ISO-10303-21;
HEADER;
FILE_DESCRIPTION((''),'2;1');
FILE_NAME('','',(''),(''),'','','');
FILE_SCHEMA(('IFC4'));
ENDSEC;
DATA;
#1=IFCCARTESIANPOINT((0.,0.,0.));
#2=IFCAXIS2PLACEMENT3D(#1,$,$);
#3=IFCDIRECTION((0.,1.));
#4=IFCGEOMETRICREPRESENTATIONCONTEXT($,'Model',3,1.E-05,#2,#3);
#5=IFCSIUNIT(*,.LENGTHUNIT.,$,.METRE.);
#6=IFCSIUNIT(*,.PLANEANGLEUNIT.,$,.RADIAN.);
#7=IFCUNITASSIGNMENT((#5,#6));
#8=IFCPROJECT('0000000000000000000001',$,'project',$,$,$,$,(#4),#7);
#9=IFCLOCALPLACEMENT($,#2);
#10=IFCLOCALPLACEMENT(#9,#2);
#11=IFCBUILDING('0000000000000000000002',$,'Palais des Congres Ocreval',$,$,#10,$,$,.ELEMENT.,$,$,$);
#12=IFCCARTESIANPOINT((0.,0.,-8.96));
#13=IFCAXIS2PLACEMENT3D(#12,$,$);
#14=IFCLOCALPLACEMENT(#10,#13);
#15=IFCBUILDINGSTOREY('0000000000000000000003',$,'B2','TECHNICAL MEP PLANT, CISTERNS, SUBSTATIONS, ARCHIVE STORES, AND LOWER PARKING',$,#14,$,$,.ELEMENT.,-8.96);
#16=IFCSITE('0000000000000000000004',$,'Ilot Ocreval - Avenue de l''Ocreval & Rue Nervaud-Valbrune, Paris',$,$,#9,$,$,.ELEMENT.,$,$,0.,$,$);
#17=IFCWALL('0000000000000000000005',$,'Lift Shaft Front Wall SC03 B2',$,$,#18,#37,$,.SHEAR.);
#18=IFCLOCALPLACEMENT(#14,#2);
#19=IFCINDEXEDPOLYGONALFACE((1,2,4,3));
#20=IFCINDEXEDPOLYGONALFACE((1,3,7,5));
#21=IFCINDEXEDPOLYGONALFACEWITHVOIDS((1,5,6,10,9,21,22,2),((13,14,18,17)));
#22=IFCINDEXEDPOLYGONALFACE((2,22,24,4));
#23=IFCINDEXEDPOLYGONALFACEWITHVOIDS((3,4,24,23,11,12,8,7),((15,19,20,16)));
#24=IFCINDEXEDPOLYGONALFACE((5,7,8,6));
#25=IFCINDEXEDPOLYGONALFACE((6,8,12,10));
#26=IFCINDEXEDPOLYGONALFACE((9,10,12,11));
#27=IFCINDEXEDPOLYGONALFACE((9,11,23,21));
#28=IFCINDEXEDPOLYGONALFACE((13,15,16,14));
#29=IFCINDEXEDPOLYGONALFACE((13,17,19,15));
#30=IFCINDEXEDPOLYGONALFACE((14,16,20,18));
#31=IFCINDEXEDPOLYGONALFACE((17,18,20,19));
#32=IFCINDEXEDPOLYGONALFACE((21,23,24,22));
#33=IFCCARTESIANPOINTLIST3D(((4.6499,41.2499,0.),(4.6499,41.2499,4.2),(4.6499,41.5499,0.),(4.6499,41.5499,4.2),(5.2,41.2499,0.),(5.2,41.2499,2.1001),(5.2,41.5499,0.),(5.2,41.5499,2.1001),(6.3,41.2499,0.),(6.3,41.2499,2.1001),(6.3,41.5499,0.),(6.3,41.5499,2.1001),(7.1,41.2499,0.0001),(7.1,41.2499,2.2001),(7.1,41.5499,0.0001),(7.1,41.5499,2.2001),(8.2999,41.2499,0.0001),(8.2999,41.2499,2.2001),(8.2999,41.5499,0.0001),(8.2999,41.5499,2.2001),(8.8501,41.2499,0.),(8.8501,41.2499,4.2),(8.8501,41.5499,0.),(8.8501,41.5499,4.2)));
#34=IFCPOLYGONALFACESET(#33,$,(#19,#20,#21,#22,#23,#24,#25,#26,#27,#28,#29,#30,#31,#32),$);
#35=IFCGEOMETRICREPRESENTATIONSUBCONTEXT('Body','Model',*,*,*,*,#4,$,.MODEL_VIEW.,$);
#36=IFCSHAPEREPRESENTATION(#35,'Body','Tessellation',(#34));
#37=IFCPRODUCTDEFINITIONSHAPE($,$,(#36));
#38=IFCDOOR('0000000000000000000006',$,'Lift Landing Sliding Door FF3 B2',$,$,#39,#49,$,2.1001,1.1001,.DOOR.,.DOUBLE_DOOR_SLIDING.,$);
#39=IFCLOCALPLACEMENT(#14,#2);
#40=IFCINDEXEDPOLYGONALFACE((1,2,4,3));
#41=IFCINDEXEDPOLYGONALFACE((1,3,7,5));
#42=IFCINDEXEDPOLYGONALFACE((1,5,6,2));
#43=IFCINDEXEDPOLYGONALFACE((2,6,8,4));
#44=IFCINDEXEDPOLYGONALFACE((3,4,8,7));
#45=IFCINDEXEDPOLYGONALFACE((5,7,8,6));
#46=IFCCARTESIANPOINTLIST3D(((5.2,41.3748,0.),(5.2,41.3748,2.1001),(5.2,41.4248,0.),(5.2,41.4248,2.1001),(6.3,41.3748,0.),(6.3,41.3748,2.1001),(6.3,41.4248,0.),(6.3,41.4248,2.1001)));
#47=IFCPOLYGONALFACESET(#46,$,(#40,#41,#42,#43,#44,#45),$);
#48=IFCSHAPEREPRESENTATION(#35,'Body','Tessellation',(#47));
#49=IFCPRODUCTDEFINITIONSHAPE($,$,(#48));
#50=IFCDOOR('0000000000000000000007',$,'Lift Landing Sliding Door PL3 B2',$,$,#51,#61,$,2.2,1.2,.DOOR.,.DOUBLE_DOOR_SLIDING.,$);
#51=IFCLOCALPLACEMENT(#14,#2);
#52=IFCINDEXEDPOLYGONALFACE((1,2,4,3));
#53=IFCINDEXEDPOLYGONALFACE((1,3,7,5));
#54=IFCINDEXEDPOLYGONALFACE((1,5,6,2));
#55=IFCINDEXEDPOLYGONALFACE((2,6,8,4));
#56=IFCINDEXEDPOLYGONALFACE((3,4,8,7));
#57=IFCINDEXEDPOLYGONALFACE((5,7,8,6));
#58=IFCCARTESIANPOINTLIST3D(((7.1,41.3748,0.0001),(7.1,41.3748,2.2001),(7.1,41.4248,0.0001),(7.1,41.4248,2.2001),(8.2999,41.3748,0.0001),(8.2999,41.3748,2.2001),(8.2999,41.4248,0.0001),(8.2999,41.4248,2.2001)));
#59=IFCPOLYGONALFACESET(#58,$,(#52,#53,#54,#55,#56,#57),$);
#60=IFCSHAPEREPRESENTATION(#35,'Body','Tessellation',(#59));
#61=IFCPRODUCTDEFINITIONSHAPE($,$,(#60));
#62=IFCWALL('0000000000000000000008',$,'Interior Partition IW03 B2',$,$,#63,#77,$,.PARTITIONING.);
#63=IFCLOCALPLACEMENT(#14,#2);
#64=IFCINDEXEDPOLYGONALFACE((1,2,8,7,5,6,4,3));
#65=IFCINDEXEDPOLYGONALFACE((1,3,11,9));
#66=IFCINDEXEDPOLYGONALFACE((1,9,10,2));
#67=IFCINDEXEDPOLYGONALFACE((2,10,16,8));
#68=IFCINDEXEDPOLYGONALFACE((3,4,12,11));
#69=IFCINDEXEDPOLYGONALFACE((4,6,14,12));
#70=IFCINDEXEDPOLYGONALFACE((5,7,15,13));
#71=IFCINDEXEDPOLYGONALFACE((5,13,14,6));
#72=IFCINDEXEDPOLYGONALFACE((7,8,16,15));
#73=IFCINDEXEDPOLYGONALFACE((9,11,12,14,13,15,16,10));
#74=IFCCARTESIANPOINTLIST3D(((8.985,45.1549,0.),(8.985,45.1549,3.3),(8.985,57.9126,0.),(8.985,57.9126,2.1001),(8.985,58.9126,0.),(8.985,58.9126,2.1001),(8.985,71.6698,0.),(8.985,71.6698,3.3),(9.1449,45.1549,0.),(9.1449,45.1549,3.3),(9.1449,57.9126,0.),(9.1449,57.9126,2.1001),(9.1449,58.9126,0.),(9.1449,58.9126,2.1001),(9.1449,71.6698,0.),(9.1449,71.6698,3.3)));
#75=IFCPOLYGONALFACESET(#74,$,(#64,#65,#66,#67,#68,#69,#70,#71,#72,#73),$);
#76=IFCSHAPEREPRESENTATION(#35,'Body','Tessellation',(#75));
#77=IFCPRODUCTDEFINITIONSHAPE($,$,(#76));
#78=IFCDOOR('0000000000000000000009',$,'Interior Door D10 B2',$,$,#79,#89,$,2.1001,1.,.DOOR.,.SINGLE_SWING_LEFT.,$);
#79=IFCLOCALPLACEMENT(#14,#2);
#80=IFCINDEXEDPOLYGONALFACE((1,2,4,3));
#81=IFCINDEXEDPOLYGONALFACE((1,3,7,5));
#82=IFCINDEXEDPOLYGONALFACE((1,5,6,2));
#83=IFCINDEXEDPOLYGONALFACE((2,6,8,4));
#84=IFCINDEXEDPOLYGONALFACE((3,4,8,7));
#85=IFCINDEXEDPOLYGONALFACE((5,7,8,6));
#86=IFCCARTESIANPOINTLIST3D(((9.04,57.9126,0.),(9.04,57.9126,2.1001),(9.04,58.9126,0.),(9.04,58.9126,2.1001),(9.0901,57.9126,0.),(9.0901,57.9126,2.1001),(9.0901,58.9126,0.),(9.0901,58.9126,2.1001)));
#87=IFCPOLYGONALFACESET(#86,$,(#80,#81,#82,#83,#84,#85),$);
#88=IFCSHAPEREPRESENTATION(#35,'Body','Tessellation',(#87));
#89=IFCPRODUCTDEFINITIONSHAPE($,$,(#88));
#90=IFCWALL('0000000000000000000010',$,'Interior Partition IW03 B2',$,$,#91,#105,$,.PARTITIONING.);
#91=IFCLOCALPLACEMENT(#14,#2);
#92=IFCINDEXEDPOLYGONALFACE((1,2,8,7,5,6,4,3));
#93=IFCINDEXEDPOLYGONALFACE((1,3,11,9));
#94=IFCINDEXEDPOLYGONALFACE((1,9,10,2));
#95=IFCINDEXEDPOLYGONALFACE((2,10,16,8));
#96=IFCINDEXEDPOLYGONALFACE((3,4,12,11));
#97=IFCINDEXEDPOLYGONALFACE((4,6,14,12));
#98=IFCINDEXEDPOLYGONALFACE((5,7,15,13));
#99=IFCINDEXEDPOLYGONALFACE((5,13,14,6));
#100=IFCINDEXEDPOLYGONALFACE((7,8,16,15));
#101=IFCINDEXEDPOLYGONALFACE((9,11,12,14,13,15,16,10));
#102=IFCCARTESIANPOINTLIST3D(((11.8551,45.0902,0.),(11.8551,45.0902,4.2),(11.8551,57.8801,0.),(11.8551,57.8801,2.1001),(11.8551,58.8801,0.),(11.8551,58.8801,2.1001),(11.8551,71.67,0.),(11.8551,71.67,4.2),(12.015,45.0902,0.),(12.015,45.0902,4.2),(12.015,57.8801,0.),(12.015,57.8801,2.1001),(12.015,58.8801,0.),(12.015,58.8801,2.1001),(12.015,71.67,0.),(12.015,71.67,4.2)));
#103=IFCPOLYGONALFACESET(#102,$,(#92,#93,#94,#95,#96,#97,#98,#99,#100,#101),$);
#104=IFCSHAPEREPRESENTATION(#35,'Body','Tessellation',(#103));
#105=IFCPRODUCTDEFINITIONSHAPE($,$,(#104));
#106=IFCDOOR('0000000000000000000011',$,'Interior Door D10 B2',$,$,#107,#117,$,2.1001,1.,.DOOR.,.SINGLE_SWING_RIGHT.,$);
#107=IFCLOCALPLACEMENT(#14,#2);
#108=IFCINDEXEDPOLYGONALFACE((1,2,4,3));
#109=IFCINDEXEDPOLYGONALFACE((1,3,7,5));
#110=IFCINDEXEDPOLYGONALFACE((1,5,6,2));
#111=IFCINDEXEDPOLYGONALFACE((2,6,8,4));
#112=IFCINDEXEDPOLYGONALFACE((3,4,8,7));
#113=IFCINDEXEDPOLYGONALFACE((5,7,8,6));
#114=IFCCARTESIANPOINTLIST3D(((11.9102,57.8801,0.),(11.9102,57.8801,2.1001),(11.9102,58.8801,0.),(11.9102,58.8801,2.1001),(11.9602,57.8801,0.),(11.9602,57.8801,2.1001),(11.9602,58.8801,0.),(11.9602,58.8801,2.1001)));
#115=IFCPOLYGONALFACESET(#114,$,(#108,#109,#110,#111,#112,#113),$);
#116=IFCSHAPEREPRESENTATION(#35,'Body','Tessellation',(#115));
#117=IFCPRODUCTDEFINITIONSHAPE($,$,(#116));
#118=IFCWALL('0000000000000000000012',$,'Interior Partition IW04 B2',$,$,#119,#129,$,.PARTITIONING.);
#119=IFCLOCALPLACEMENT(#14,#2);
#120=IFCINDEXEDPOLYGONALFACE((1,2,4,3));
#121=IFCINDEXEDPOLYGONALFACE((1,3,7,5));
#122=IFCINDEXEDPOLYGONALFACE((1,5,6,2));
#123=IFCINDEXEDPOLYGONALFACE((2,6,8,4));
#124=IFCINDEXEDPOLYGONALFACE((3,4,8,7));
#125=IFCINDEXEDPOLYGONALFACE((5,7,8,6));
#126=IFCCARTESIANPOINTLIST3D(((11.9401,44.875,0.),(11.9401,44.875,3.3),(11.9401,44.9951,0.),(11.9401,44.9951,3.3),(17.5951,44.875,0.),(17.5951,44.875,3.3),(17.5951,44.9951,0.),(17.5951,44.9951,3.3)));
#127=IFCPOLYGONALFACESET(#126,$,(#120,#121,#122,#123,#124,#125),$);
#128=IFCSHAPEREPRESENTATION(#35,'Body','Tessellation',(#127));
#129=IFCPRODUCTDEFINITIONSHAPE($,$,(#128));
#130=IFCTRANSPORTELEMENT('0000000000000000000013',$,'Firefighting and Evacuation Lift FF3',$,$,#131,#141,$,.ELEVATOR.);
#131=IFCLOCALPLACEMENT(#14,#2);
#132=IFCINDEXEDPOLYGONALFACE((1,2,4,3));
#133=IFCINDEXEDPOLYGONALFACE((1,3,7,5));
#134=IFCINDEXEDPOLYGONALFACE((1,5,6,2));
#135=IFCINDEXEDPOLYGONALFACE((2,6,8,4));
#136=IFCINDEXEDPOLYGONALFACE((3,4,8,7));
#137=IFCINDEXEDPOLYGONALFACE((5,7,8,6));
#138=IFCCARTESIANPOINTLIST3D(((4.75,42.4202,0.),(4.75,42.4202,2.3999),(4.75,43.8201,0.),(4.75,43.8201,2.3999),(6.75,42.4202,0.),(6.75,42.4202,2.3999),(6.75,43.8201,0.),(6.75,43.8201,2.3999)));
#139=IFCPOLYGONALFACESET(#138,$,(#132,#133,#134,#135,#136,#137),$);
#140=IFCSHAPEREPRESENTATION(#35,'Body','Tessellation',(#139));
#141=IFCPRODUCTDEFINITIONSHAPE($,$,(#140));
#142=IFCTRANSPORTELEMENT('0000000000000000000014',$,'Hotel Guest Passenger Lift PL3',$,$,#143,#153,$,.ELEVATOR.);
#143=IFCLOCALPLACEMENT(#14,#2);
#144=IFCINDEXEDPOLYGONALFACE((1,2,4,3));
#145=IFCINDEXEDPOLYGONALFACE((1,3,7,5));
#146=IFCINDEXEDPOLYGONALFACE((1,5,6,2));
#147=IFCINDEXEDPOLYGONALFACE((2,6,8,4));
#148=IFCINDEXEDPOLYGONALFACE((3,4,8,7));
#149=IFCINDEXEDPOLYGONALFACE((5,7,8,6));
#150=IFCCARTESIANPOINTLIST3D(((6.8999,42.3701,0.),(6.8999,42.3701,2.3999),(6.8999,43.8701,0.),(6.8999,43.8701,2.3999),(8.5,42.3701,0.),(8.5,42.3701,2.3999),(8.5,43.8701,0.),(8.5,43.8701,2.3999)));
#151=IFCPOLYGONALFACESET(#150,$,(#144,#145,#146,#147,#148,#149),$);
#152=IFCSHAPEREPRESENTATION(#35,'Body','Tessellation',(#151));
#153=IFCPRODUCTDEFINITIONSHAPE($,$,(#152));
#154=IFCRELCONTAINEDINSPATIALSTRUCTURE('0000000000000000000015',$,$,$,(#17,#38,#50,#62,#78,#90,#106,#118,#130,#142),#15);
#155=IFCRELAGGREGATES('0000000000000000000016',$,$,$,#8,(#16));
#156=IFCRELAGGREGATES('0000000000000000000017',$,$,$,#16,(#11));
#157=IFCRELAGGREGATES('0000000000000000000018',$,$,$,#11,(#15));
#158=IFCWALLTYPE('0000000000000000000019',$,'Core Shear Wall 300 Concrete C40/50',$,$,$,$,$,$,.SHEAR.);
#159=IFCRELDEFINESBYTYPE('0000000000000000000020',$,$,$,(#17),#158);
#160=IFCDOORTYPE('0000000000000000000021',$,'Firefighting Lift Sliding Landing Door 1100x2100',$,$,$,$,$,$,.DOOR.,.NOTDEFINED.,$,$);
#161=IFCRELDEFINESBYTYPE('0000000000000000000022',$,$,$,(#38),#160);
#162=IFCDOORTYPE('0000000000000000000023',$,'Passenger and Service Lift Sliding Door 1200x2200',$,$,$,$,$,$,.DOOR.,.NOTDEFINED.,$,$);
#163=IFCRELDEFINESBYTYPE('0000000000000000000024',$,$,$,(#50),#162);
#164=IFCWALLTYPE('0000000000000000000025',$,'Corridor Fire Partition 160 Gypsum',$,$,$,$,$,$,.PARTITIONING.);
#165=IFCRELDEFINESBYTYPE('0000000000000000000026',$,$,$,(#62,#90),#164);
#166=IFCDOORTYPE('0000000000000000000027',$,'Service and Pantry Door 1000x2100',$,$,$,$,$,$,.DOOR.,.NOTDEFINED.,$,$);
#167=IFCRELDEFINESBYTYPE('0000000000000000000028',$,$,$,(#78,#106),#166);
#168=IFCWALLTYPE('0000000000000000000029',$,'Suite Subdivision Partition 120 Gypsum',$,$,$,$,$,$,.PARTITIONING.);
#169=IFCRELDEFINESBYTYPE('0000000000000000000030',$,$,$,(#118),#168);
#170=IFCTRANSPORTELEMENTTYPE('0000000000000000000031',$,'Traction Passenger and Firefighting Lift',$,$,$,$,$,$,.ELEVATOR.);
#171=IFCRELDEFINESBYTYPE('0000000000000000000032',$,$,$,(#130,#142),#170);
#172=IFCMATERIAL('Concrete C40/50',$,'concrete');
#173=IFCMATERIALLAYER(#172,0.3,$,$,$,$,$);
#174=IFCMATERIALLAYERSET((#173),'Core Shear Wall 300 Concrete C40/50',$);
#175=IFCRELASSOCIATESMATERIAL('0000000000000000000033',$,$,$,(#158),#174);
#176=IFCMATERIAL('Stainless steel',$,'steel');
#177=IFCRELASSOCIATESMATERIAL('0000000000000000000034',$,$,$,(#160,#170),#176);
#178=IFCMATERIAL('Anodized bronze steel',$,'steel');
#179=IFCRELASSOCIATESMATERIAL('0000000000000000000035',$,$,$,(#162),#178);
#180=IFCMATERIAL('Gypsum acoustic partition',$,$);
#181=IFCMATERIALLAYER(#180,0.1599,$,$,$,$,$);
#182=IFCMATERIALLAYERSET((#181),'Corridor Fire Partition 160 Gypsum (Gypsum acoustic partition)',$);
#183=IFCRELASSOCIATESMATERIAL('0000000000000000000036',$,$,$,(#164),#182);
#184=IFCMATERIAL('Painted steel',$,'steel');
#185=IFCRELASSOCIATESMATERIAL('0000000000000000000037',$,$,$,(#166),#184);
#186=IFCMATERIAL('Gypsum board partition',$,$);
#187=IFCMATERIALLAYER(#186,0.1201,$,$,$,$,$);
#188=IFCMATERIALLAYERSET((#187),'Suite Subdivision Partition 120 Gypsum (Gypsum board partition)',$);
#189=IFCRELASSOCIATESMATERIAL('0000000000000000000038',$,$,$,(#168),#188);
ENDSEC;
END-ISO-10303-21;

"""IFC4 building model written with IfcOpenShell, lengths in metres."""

from ifc_helpers import new_model, si_unit, direction, frame, frame_2d, origin, origin_2d, place, context, subcontext, project, spatial, rectangle, extrude, material, layer, layer_set, type_object, element, fill, save


model = new_model("IFC4")

# Units and contexts
model_context = context("Model", 3, precision=1e-05, world=origin(), true_north=direction((0.0, 1.0)))
body_context = subcontext(model_context, "Body", "Model", "MODEL_VIEW")
ifc_project = project(units=[si_unit("LENGTHUNIT", "METRE"), si_unit("PLANEANGLEUNIT", "RADIAN")], contexts=[model_context])

# Site, building, storey
site_placement = place(None, origin())
site = spatial("IfcSite", under=ifc_project, at=site_placement, Name="Ilot Ocreval - Avenue de l'Ocreval & Rue Nervaud-Valbrune, Paris", CompositionType="ELEMENT", RefElevation=0.0)
building_placement = place(site_placement, origin())
building = spatial("IfcBuilding", under=site, at=building_placement, Name="Palais des Congres Ocreval", CompositionType="ELEMENT")
storey_placement = place(building_placement, frame((0.0, 0.0, -8.96)))
storey = spatial("IfcBuildingStorey", under=building, at=storey_placement, Name="B2", Description="TECHNICAL MEP PLANT, CISTERNS, SUBSTATIONS, ARCHIVE STORES, AND LOWER PARKING", CompositionType="ELEMENT", Elevation=-8.96)

# Shared definitions
ifc_material_1 = material(Name="Concrete C40/50", Category="concrete")

# Shared definitions
ifc_layer_1 = layer(ifc_material_1, 0.3)
ifc_layer_set_1 = layer_set([ifc_layer_1], Name="Core Shear Wall 300 Concrete C40/50")
wall_type_1 = type_object("IfcWallType", Name="Core Shear Wall 300 Concrete C40/50", PredefinedType="SHEAR", material=ifc_layer_set_1)

# Wall, openings, doors
wall_1_placement = place(storey_placement, frame((4.6499, 41.3999, 0.0), z_axis=(0.0, 0.0, 1.0), x_axis=(1.0, 0.0, 0.0)))
wall_1 = element("IfcWall", 1, at=wall_1_placement, inside=storey, type_object=wall_type_1, Name="Lift Shaft Front Wall SC03 B2", PredefinedType="SHEAR", context=body_context, shape_type="SweptSolid", body=[
    extrude(rectangle(XDim=4.2002, YDim=0.3, at=frame_2d((2.1001, 0.0))), origin(), (0.0, 0.0, 1.0), 4.2),
])
opening_1_placement = place(wall_1_placement, frame((0.55, 0.0, 0.0)))
opening_1 = element("IfcOpeningElement", 2, at=opening_1_placement, cuts=wall_1, PredefinedType="OPENING", context=body_context, shape_type="SweptSolid", body=[
    extrude(rectangle(XDim=1.1001, YDim=2.1001, at=frame_2d((0.55, 1.05))), frame((0.0, 0.1599, 0.0), z_axis=(0.0, -1.0, 0.0), x_axis=(1.0, 0.0, 0.0)), (0.0, 0.0, 1.0), 0.3201),
])
opening_2_placement = place(wall_1_placement, frame((2.45, 0.0, 0.0)))
opening_2 = element("IfcOpeningElement", 3, at=opening_2_placement, cuts=wall_1, PredefinedType="OPENING", context=body_context, shape_type="SweptSolid", body=[
    extrude(rectangle(XDim=1.2, YDim=2.2, at=frame_2d((0.6001, 1.1001))), frame((0.0, 0.1599, 0.0), z_axis=(0.0, -1.0, 0.0), x_axis=(1.0, 0.0, 0.0)), (0.0, 0.0, 1.0), 0.3201),
])
ifc_material_2 = material(Name="Stainless steel", Category="steel")
door_type_1 = type_object("IfcDoorType", Name="Firefighting Lift Sliding Landing Door 1100x2100", OperationType="NOTDEFINED", PredefinedType="DOOR", material=ifc_material_2)
door_1_placement = place(opening_1_placement, origin())
door_1 = element("IfcDoor", 4, at=door_1_placement, inside=storey, type_object=door_type_1, Name="Lift Landing Sliding Door FF3 B2", OperationType="DOUBLE_DOOR_SLIDING", OverallHeight=2.1001, OverallWidth=1.1001, PredefinedType="DOOR", context=body_context, shape_type="SweptSolid", body=[
    extrude(rectangle(XDim=1.1001, YDim=2.1001, at=frame_2d((0.55, 1.05))), frame((0.0, 0.0249, 0.0), z_axis=(0.0, -1.0, 0.0), x_axis=(1.0, 0.0, 0.0)), (0.0, 0.0, 1.0), 0.05),
])
fill(opening_1, door_1)
ifc_material_3 = material(Name="Anodized bronze steel", Category="steel")
door_type_2 = type_object("IfcDoorType", Name="Passenger and Service Lift Sliding Door 1200x2200", OperationType="NOTDEFINED", PredefinedType="DOOR", material=ifc_material_3)
door_2_placement = place(opening_2_placement, origin())
door_2 = element("IfcDoor", 5, at=door_2_placement, inside=storey, type_object=door_type_2, Name="Lift Landing Sliding Door PL3 B2", OperationType="DOUBLE_DOOR_SLIDING", OverallHeight=2.2, OverallWidth=1.2, PredefinedType="DOOR", context=body_context, shape_type="SweptSolid", body=[
    extrude(rectangle(XDim=1.2, YDim=2.2, at=frame_2d((0.6001, 1.1001))), frame((0.0, 0.0249, 0.0), z_axis=(0.0, -1.0, 0.0), x_axis=(1.0, 0.0, 0.0)), (0.0, 0.0, 1.0), 0.05),
])
fill(opening_2, door_2)

# Walls, openings, doors
ifc_material_4 = material(Name="Gypsum acoustic partition")
ifc_layer_2 = layer(ifc_material_4, 0.1599)
ifc_layer_set_2 = layer_set([ifc_layer_2], Name="Corridor Fire Partition 160 Gypsum (Gypsum acoustic partition)")
wall_type_2 = type_object("IfcWallType", Name="Corridor Fire Partition 160 Gypsum", PredefinedType="PARTITIONING", material=ifc_layer_set_2)
wall_2_placement = place(storey_placement, frame((9.0649, 45.155, 0.0), z_axis=(0.0, 0.0, 1.0), x_axis=(0.0, 1.0, 0.0)))
wall_2 = element("IfcWall", 6, at=wall_2_placement, inside=storey, type_object=wall_type_2, Name="Interior Partition IW03 B2", PredefinedType="PARTITIONING", context=body_context, shape_type="SweptSolid", body=[
    extrude(rectangle(XDim=26.5149, YDim=0.1599, at=frame_2d((13.2573, 0.0))), origin(), (0.0, 0.0, 1.0), 3.3),
])
opening_3_placement = place(wall_2_placement, frame((12.7576, 0.0, 0.0)))
opening_3 = element("IfcOpeningElement", 7, at=opening_3_placement, cuts=wall_2, PredefinedType="OPENING", context=body_context, shape_type="SweptSolid", body=[
    extrude(rectangle(XDim=1.0, YDim=2.1001, at=frame_2d((0.5, 1.05))), frame((0.0, 0.0898, 0.0), z_axis=(0.0, -1.0, 0.0), x_axis=(1.0, 0.0, 0.0)), (0.0, 0.0, 1.0), 0.1799),
])
ifc_material_5 = material(Name="Painted steel", Category="steel")
door_type_3 = type_object("IfcDoorType", Name="Service and Pantry Door 1000x2100", OperationType="NOTDEFINED", PredefinedType="DOOR", material=ifc_material_5)
door_3_placement = place(opening_3_placement, origin())
door_3 = element("IfcDoor", 8, at=door_3_placement, inside=storey, type_object=door_type_3, Name="Interior Door D10 B2", OperationType="SINGLE_SWING_LEFT", OverallHeight=2.1001, OverallWidth=1.0, PredefinedType="DOOR", context=body_context, shape_type="SweptSolid", body=[
    extrude(rectangle(XDim=1.0, YDim=2.1001, at=frame_2d((0.5, 1.05))), frame((0.0, 0.0249, 0.0), z_axis=(0.0, -1.0, 0.0), x_axis=(1.0, 0.0, 0.0)), (0.0, 0.0, 1.0), 0.05),
])
fill(opening_3, door_3)
wall_3_placement = place(storey_placement, frame((11.9351, 45.0901, 0.0), z_axis=(0.0, 0.0, 1.0), x_axis=(0.0, 1.0, 0.0)))
wall_3 = element("IfcWall", 9, at=wall_3_placement, inside=storey, type_object=wall_type_2, Name="Interior Partition IW03 B2", PredefinedType="PARTITIONING", context=body_context, shape_type="SweptSolid", body=[
    extrude(rectangle(XDim=26.5798, YDim=0.1599, at=frame_2d((13.29, 0.0))), origin(), (0.0, 0.0, 1.0), 4.2),
])
opening_4_placement = place(wall_3_placement, frame((12.79, 0.0, 0.0)))
opening_4 = element("IfcOpeningElement", 10, at=opening_4_placement, cuts=wall_3, PredefinedType="OPENING", context=body_context, shape_type="SweptSolid", body=[
    extrude(rectangle(XDim=1.0, YDim=2.1001, at=frame_2d((0.5, 1.05))), frame((0.0, 0.0898, 0.0), z_axis=(0.0, -1.0, 0.0), x_axis=(1.0, 0.0, 0.0)), (0.0, 0.0, 1.0), 0.1799),
])
door_4_placement = place(opening_4_placement, origin())
door_4 = element("IfcDoor", 11, at=door_4_placement, inside=storey, type_object=door_type_3, Name="Interior Door D10 B2", OperationType="SINGLE_SWING_RIGHT", OverallHeight=2.1001, OverallWidth=1.0, PredefinedType="DOOR", context=body_context, shape_type="SweptSolid", body=[
    extrude(rectangle(XDim=1.0, YDim=2.1001, at=frame_2d((0.5, 1.05))), frame((0.0, 0.0249, 0.0), z_axis=(0.0, -1.0, 0.0), x_axis=(1.0, 0.0, 0.0)), (0.0, 0.0, 1.0), 0.05),
])
fill(opening_4, door_4)

# Wall
ifc_material_6 = material(Name="Gypsum board partition")
ifc_layer_3 = layer(ifc_material_6, 0.1201)
ifc_layer_set_3 = layer_set([ifc_layer_3], Name="Suite Subdivision Partition 120 Gypsum (Gypsum board partition)")
wall_type_3 = type_object("IfcWallType", Name="Suite Subdivision Partition 120 Gypsum", PredefinedType="PARTITIONING", material=ifc_layer_set_3)
wall_4_placement = place(storey_placement, frame((11.9399, 44.9351, 0.0), z_axis=(0.0, 0.0, 1.0), x_axis=(1.0, 0.0, 0.0)))
element("IfcWall", 12, at=wall_4_placement, inside=storey, type_object=wall_type_3, Name="Interior Partition IW04 B2", PredefinedType="PARTITIONING", context=body_context, shape_type="SweptSolid", body=[
    extrude(rectangle(XDim=5.655, YDim=0.1201, at=frame_2d((2.8276, 0.0))), origin(), (0.0, 0.0, 1.0), 3.3),
])

# Transport elements
transport_element_type = type_object("IfcTransportElementType", Name="Traction Passenger and Firefighting Lift", PredefinedType="ELEVATOR", material=ifc_material_2)
transport_element_1_placement = place(storey_placement, frame((5.75, 43.1201, 0.0), z_axis=(0.0, 0.0, 1.0), x_axis=(1.0, 0.0, 0.0)))
element("IfcTransportElement", 13, at=transport_element_1_placement, inside=storey, type_object=transport_element_type, Name="Firefighting and Evacuation Lift FF3", PredefinedType="ELEVATOR", context=body_context, shape_type="SweptSolid", body=[
    extrude(rectangle(XDim=2.0, YDim=1.3999, at=origin_2d()), origin(), (0.0, 0.0, 1.0), 2.3999),
])
transport_element_2_placement = place(storey_placement, frame((7.7, 43.1201, 0.0), z_axis=(0.0, 0.0, 1.0), x_axis=(1.0, 0.0, 0.0)))
element("IfcTransportElement", 14, at=transport_element_2_placement, inside=storey, type_object=transport_element_type, Name="Hotel Guest Passenger Lift PL3", PredefinedType="ELEVATOR", context=body_context, shape_type="SweptSolid", body=[
    extrude(rectangle(XDim=1.6001, YDim=1.5, at=origin_2d()), origin(), (0.0, 0.0, 1.0), 2.3999),
])

save(model, "model.ifc")
